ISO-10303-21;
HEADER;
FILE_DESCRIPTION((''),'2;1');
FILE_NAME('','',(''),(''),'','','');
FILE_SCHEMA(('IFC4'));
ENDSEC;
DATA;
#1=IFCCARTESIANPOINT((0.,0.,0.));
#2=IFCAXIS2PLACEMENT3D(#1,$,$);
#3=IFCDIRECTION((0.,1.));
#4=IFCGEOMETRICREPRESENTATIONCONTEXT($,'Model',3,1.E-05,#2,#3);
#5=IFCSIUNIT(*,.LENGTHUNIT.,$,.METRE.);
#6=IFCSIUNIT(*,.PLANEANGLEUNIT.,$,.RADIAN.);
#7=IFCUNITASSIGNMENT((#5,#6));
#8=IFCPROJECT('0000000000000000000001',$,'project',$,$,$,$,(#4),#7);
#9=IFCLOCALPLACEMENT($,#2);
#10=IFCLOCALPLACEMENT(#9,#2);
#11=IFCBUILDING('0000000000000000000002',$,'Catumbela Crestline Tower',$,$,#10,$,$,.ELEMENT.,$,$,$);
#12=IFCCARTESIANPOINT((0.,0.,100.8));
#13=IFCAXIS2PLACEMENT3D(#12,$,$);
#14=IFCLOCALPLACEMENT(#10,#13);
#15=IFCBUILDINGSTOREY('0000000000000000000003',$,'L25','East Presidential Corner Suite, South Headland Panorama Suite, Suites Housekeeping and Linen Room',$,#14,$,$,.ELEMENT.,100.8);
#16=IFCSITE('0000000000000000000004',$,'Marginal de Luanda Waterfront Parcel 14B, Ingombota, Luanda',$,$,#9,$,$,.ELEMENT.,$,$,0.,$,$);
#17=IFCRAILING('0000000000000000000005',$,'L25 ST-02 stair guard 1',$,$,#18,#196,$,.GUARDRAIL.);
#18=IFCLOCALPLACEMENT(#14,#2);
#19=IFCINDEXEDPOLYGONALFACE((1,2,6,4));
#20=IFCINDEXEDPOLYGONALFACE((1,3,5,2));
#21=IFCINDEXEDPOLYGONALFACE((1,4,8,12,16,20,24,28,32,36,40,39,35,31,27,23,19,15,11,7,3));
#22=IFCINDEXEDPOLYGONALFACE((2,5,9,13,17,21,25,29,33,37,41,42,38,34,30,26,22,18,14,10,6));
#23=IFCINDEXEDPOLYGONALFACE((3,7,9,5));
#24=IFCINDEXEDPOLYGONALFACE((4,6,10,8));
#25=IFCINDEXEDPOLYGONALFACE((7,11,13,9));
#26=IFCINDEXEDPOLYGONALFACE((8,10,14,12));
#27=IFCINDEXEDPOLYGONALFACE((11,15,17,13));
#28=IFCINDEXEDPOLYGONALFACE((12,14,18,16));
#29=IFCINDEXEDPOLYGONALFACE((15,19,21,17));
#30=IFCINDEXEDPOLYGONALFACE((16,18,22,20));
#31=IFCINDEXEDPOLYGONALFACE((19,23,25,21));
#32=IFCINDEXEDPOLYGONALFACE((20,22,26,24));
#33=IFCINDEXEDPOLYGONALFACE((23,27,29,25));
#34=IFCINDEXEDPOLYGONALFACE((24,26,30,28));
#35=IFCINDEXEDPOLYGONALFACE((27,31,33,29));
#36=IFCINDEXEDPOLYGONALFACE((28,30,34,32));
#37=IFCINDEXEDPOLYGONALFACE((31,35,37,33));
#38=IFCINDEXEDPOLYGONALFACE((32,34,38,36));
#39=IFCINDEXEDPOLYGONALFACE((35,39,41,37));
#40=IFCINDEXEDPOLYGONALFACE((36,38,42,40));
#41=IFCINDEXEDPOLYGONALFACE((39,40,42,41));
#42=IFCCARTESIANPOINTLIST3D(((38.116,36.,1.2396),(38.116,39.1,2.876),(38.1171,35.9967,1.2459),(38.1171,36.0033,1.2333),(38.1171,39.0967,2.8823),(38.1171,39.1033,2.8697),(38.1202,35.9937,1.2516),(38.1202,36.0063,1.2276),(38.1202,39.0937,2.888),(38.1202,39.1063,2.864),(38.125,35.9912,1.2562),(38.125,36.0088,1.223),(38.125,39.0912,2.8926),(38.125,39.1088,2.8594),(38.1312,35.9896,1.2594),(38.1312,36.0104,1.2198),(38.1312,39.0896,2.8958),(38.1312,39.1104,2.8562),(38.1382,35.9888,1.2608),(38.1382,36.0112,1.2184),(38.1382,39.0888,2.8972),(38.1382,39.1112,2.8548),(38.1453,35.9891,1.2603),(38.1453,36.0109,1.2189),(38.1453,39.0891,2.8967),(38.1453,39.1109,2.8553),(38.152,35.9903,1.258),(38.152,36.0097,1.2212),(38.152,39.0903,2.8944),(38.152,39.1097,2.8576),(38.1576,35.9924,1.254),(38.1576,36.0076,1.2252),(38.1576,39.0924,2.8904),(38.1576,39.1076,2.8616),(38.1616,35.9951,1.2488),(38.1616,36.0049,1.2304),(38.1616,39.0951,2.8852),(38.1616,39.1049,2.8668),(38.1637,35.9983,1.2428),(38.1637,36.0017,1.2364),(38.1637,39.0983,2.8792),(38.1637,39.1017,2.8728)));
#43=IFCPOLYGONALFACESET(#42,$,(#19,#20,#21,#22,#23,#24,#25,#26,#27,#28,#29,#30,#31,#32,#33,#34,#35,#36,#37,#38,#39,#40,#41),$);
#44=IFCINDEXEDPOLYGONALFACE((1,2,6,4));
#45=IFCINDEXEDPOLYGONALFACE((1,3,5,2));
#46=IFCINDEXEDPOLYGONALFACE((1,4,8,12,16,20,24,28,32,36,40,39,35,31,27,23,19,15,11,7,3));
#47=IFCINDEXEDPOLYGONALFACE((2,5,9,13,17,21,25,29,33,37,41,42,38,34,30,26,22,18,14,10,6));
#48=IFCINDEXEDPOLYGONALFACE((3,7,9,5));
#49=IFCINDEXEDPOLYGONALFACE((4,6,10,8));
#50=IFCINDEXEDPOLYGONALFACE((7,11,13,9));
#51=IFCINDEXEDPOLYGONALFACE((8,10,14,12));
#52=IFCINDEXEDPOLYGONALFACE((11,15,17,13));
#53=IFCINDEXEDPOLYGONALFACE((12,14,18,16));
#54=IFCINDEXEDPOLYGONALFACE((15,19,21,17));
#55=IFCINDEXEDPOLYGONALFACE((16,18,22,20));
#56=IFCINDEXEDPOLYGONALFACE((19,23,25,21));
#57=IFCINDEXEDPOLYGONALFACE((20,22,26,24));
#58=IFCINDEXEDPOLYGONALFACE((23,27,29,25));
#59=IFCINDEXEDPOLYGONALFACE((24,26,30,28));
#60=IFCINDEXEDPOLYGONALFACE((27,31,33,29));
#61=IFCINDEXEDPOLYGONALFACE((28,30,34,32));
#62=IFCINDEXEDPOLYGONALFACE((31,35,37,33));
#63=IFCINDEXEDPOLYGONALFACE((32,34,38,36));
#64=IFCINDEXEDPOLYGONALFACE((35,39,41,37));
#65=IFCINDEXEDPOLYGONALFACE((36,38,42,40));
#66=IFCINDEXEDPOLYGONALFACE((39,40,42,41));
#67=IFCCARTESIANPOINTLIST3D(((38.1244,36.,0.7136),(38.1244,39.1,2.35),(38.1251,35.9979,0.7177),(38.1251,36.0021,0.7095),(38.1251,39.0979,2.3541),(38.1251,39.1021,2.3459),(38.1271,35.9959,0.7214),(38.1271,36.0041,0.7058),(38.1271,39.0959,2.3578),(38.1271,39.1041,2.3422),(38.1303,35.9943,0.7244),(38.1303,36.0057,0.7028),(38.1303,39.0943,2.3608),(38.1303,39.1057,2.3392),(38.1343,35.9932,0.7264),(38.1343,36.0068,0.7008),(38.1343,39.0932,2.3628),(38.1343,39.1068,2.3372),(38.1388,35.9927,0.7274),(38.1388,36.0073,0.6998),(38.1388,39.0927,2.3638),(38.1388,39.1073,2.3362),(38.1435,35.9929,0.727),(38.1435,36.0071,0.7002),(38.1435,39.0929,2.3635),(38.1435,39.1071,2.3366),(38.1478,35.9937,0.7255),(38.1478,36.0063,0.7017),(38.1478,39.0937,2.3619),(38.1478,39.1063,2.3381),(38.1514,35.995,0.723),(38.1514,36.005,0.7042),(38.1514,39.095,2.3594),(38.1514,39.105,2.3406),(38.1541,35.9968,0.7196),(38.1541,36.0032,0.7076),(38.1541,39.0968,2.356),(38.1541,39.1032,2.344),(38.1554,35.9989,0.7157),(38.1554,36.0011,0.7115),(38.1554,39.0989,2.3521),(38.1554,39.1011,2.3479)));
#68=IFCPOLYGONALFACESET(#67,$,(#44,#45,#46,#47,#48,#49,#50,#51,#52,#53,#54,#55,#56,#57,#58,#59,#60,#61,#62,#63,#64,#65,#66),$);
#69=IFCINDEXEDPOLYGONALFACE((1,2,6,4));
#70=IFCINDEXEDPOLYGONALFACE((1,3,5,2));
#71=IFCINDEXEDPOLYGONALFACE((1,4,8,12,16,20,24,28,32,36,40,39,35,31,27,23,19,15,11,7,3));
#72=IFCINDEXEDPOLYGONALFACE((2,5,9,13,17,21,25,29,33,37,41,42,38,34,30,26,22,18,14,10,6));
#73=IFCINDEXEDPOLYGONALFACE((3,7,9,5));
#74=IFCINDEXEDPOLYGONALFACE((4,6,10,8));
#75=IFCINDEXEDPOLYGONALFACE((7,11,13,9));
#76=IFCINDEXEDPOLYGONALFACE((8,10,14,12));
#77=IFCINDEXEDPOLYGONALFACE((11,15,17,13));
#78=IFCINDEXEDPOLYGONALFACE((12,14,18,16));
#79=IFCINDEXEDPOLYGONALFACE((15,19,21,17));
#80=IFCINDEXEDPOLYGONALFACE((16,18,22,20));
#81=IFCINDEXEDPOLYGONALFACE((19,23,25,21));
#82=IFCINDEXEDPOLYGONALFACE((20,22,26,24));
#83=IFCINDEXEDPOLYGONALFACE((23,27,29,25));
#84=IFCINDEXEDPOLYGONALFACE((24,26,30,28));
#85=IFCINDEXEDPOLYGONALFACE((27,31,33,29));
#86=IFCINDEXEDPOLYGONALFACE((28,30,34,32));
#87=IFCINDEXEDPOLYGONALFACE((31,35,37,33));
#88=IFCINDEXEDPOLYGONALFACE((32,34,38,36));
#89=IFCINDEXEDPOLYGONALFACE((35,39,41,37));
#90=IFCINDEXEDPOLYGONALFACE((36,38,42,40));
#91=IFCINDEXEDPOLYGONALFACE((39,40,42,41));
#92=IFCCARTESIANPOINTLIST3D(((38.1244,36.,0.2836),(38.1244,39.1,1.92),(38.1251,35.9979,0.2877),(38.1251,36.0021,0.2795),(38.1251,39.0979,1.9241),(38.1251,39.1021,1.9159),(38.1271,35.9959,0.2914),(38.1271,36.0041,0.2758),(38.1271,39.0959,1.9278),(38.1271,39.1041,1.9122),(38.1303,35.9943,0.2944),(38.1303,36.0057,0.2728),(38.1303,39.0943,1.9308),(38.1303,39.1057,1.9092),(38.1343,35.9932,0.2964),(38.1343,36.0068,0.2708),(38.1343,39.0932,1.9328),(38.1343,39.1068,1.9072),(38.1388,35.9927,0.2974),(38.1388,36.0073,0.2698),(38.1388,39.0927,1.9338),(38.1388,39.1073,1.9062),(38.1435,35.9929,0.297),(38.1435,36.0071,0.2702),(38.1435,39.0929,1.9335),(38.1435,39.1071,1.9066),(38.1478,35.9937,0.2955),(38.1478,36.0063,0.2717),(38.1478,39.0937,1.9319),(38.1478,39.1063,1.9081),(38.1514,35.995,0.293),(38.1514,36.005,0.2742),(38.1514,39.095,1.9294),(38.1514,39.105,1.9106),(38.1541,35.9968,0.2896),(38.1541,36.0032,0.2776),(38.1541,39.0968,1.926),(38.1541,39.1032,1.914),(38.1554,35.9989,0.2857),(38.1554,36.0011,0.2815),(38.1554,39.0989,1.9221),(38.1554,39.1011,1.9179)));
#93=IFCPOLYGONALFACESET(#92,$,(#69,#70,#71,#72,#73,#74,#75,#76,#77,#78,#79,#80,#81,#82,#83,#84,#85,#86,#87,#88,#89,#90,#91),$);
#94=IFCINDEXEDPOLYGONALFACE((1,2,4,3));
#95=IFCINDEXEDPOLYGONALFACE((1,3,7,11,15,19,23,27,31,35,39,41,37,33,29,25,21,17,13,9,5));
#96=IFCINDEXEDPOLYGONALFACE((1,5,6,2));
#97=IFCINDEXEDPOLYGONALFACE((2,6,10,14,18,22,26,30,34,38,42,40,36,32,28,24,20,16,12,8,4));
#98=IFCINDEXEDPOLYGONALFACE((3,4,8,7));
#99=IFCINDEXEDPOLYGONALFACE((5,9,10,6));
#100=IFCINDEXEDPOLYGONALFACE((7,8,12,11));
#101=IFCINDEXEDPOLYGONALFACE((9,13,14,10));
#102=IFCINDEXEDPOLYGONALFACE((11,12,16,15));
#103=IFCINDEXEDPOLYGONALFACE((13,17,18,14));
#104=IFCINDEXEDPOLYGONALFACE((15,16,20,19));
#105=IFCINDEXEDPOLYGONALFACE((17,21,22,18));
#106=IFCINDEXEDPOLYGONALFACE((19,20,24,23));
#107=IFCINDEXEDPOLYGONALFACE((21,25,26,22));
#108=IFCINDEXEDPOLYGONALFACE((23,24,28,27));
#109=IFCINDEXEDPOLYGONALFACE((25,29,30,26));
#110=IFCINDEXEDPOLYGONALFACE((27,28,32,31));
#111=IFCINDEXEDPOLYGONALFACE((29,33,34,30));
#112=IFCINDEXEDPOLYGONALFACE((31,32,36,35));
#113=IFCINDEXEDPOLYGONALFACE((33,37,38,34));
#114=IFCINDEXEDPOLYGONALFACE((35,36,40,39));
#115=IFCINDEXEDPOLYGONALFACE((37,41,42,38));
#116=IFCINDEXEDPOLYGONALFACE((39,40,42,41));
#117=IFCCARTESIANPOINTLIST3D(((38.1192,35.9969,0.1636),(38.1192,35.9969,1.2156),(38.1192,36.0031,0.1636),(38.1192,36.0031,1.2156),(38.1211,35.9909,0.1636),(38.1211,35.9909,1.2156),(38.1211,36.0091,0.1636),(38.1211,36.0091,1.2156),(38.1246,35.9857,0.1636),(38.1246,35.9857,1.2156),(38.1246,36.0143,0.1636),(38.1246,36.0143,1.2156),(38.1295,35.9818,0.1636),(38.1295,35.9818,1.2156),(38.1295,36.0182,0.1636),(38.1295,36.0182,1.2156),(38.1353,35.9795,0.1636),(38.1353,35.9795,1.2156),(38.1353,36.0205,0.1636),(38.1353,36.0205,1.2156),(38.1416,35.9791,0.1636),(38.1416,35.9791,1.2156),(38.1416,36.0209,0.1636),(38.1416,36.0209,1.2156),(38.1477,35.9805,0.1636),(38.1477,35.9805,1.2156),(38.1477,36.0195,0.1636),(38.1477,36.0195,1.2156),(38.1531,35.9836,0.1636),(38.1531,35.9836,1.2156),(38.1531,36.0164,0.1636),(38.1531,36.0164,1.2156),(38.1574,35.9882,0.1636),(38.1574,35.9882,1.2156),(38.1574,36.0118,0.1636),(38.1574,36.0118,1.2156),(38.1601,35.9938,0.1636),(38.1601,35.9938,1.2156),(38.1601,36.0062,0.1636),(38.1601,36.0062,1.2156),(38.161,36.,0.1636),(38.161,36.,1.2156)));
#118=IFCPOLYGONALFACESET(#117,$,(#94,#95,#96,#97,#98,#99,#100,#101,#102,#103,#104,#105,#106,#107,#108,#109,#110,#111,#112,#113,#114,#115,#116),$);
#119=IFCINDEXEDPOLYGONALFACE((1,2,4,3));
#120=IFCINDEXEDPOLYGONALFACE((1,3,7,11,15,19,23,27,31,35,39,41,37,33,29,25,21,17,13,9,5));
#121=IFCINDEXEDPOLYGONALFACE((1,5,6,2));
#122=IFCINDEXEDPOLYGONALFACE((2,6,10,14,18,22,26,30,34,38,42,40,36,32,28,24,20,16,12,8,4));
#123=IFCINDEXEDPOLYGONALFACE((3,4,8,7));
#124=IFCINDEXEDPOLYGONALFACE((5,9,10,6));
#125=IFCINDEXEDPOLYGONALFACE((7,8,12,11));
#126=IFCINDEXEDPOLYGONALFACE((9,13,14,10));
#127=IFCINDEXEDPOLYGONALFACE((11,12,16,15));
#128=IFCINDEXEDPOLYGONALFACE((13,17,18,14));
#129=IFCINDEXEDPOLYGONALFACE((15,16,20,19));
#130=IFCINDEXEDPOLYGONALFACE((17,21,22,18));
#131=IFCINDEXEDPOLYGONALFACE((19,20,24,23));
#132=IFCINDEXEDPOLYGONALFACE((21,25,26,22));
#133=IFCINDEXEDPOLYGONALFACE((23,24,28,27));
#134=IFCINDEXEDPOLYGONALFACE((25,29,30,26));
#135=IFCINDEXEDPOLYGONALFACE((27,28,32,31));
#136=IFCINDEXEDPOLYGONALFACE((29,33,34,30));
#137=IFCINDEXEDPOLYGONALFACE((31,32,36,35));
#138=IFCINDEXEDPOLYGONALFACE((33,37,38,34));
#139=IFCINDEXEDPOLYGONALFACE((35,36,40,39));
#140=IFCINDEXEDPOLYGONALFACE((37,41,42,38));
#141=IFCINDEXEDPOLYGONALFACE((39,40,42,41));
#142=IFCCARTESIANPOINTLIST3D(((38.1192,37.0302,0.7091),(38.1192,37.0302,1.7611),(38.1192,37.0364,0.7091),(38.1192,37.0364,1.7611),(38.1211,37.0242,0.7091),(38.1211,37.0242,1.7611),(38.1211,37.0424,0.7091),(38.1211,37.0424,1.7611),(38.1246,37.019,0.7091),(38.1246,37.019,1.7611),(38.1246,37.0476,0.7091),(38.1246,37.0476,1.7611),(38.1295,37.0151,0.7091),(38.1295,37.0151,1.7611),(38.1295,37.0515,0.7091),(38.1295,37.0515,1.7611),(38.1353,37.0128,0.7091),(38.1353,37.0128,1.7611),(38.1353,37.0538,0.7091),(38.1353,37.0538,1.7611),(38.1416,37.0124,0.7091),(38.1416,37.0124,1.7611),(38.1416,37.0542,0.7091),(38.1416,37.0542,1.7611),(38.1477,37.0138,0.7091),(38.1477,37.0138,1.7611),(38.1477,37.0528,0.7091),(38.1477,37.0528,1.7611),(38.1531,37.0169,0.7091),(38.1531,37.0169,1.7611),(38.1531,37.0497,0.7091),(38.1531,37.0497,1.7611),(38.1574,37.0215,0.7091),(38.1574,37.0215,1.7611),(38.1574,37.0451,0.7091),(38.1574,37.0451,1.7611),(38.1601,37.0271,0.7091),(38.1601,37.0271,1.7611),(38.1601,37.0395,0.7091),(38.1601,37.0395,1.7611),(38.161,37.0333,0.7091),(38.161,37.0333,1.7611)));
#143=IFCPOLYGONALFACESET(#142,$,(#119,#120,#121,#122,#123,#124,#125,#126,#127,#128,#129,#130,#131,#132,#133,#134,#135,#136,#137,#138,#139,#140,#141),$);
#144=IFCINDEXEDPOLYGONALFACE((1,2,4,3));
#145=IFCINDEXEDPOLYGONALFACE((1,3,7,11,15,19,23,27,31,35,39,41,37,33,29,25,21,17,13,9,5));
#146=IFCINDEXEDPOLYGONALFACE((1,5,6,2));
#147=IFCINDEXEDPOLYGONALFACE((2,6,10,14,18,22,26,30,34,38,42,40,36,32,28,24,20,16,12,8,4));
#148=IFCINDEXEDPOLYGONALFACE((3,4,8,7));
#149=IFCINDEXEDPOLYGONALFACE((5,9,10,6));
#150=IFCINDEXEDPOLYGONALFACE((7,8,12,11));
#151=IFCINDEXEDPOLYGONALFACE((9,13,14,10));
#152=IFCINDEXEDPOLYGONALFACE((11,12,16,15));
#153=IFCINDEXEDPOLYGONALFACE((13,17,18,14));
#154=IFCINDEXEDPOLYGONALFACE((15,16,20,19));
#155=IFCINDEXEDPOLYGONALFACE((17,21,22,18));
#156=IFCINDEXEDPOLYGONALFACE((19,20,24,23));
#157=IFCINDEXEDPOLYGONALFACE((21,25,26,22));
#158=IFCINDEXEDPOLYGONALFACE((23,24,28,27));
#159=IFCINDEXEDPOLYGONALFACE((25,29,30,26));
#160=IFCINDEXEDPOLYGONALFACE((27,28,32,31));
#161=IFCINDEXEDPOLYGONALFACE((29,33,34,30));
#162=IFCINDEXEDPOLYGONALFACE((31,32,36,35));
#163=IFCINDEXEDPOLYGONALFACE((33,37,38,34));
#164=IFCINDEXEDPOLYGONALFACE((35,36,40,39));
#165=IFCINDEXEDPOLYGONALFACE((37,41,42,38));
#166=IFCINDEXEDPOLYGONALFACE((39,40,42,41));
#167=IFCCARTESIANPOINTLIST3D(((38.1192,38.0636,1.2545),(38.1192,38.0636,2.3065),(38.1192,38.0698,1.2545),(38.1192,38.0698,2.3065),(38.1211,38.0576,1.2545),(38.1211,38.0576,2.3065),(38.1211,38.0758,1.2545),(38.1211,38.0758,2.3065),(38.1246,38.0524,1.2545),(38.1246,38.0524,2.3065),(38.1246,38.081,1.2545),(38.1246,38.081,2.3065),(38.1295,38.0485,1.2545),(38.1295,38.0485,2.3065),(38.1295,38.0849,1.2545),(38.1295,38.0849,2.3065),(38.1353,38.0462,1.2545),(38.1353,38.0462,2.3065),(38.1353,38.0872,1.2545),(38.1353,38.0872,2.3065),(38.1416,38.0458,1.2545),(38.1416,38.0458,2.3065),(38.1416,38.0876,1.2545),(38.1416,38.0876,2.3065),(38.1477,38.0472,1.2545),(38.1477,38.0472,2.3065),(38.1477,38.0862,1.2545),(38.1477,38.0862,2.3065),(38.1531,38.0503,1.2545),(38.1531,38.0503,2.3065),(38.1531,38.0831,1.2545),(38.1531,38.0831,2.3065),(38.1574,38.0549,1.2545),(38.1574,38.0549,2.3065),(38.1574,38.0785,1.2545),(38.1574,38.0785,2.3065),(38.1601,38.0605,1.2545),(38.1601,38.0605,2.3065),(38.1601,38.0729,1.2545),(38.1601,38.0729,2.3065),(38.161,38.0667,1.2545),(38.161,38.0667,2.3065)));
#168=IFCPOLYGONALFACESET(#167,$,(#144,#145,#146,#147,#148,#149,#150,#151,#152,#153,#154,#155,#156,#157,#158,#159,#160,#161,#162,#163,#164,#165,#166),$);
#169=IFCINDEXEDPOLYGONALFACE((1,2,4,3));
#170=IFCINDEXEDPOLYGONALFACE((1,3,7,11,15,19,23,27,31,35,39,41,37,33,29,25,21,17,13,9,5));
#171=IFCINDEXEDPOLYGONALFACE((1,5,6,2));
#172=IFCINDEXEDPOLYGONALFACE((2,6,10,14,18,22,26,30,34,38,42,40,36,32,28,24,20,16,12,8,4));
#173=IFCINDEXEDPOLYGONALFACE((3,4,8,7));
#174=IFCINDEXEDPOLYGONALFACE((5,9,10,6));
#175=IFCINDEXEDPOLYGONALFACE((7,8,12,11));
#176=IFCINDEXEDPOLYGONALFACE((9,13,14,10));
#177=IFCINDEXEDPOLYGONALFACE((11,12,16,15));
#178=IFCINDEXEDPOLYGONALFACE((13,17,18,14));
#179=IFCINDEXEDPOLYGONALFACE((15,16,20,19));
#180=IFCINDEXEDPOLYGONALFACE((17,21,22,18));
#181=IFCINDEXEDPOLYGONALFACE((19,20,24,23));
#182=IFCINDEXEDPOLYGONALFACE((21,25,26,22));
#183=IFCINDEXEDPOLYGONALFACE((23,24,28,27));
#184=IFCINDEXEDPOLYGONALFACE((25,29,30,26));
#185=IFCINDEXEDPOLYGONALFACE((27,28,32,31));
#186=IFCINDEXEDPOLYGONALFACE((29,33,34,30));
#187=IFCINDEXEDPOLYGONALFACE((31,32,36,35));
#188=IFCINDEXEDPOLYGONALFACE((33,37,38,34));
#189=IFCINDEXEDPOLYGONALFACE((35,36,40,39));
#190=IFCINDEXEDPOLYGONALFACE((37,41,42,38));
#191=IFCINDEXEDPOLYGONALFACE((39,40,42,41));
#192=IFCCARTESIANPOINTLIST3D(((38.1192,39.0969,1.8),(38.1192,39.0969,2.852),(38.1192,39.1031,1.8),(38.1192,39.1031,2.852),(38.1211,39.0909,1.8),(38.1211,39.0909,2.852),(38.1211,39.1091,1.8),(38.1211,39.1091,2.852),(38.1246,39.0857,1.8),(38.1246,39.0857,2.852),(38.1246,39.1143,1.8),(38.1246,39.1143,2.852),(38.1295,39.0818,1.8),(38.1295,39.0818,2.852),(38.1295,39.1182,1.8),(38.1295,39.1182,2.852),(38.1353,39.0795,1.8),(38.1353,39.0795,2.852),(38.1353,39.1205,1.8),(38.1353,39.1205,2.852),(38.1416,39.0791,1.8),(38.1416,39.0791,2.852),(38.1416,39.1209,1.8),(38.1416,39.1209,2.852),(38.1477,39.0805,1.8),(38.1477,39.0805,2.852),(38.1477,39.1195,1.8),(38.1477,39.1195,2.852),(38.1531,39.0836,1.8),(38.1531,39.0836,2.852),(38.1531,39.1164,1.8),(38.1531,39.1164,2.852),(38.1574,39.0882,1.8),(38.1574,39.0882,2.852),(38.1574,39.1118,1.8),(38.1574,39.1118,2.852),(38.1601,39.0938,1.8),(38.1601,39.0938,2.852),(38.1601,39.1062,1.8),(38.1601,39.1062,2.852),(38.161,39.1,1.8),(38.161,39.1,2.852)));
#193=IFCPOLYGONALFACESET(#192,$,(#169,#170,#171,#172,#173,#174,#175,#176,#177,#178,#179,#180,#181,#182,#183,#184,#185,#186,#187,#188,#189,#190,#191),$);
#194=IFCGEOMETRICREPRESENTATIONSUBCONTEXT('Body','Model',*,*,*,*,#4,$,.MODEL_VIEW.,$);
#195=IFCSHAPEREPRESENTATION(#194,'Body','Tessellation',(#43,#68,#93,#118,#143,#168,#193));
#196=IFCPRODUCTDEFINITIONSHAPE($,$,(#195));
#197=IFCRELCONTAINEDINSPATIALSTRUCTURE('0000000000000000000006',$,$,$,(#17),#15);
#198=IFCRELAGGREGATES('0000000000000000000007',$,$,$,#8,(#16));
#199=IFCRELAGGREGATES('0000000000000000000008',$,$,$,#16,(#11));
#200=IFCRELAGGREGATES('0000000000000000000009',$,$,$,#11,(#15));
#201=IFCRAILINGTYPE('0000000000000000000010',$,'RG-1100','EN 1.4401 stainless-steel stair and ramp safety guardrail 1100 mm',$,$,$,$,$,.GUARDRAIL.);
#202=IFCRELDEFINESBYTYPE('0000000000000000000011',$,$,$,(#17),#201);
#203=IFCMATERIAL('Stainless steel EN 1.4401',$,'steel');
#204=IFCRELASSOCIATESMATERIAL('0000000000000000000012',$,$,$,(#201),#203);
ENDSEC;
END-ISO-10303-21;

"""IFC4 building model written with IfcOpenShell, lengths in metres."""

from ifc_helpers import new_model, si_unit, direction, frame, origin, origin_2d, place, context, subcontext, project, spatial, circle, extrude, material, type_object, element, save


model = new_model("IFC4")

# Units and contexts
model_context = context("Model", 3, precision=1e-05, world=origin(), true_north=direction((0.0, 1.0)))
body_context = subcontext(model_context, "Body", "Model", "MODEL_VIEW")
ifc_project = project(units=[si_unit("LENGTHUNIT", "METRE"), si_unit("PLANEANGLEUNIT", "RADIAN")], contexts=[model_context])

# Site, building, storey
site_placement = place(None, origin())
site = spatial("IfcSite", under=ifc_project, at=site_placement, Name="Marginal de Luanda Waterfront Parcel 14B, Ingombota, Luanda", CompositionType="ELEMENT", RefElevation=0.0)
building_placement = place(site_placement, origin())
building = spatial("IfcBuilding", under=site, at=building_placement, Name="Catumbela Crestline Tower", CompositionType="ELEMENT")
storey_placement = place(building_placement, frame((0.0, 0.0, 100.8)))
storey = spatial("IfcBuildingStorey", under=building, at=storey_placement, Name="L25", Description="East Presidential Corner Suite, South Headland Panorama Suite, Suites Housekeeping and Linen Room", CompositionType="ELEMENT", Elevation=100.8)

# Shared definitions
ifc_material_1 = material(Name="Stainless steel EN 1.4401", Category="steel")

# Railing
railing_type_1 = type_object("IfcRailingType", Name="RG-1100", Description="EN 1.4401 stainless-steel stair and ramp safety guardrail 1100 mm", PredefinedType="GUARDRAIL", material=ifc_material_1)
railing_1_placement = place(storey_placement, frame((38.14, 36.0, 0.1636)))
element("IfcRailing", 1, at=railing_1_placement, inside=storey, type_object=railing_type_1, Name="L25 ST-02 stair guard 1", PredefinedType="GUARDRAIL", context=body_context, shape_type="SweptSolid", body=[
    extrude(circle(Radius=0.024, at=origin_2d()), frame((0.0, 0.0, 1.076), z_axis=(0.0, 0.884351, 0.466823), x_axis=(-1.0, 0.0, 0.0)), (0.0, 0.0, 1.0), 3.5054),
    extrude(circle(Radius=0.0156, at=origin_2d()), frame((0.0, 0.0, 0.55), z_axis=(0.0, 0.884351, 0.466823), x_axis=(-1.0, 0.0, 0.0)), (0.0, 0.0, 1.0), 3.5054),
    extrude(circle(Radius=0.0156, at=origin_2d()), frame((0.0, 0.0, 0.12), z_axis=(0.0, 0.884351, 0.466823), x_axis=(-1.0, 0.0, 0.0)), (0.0, 0.0, 1.0), 3.5054),
    extrude(circle(Radius=0.021, at=origin_2d()), origin(), (0.0, 0.0, 1.0), 1.052),
    extrude(circle(Radius=0.021, at=origin_2d()), frame((0.0, 1.0333, 0.5455)), (0.0, 0.0, 1.0), 1.052),
    extrude(circle(Radius=0.021, at=origin_2d()), frame((0.0, 2.0667, 1.0909)), (0.0, 0.0, 1.0), 1.052),
    extrude(circle(Radius=0.021, at=origin_2d()), frame((0.0, 3.1, 1.6364)), (0.0, 0.0, 1.0), 1.052),
])

save(model, "model.ifc")
